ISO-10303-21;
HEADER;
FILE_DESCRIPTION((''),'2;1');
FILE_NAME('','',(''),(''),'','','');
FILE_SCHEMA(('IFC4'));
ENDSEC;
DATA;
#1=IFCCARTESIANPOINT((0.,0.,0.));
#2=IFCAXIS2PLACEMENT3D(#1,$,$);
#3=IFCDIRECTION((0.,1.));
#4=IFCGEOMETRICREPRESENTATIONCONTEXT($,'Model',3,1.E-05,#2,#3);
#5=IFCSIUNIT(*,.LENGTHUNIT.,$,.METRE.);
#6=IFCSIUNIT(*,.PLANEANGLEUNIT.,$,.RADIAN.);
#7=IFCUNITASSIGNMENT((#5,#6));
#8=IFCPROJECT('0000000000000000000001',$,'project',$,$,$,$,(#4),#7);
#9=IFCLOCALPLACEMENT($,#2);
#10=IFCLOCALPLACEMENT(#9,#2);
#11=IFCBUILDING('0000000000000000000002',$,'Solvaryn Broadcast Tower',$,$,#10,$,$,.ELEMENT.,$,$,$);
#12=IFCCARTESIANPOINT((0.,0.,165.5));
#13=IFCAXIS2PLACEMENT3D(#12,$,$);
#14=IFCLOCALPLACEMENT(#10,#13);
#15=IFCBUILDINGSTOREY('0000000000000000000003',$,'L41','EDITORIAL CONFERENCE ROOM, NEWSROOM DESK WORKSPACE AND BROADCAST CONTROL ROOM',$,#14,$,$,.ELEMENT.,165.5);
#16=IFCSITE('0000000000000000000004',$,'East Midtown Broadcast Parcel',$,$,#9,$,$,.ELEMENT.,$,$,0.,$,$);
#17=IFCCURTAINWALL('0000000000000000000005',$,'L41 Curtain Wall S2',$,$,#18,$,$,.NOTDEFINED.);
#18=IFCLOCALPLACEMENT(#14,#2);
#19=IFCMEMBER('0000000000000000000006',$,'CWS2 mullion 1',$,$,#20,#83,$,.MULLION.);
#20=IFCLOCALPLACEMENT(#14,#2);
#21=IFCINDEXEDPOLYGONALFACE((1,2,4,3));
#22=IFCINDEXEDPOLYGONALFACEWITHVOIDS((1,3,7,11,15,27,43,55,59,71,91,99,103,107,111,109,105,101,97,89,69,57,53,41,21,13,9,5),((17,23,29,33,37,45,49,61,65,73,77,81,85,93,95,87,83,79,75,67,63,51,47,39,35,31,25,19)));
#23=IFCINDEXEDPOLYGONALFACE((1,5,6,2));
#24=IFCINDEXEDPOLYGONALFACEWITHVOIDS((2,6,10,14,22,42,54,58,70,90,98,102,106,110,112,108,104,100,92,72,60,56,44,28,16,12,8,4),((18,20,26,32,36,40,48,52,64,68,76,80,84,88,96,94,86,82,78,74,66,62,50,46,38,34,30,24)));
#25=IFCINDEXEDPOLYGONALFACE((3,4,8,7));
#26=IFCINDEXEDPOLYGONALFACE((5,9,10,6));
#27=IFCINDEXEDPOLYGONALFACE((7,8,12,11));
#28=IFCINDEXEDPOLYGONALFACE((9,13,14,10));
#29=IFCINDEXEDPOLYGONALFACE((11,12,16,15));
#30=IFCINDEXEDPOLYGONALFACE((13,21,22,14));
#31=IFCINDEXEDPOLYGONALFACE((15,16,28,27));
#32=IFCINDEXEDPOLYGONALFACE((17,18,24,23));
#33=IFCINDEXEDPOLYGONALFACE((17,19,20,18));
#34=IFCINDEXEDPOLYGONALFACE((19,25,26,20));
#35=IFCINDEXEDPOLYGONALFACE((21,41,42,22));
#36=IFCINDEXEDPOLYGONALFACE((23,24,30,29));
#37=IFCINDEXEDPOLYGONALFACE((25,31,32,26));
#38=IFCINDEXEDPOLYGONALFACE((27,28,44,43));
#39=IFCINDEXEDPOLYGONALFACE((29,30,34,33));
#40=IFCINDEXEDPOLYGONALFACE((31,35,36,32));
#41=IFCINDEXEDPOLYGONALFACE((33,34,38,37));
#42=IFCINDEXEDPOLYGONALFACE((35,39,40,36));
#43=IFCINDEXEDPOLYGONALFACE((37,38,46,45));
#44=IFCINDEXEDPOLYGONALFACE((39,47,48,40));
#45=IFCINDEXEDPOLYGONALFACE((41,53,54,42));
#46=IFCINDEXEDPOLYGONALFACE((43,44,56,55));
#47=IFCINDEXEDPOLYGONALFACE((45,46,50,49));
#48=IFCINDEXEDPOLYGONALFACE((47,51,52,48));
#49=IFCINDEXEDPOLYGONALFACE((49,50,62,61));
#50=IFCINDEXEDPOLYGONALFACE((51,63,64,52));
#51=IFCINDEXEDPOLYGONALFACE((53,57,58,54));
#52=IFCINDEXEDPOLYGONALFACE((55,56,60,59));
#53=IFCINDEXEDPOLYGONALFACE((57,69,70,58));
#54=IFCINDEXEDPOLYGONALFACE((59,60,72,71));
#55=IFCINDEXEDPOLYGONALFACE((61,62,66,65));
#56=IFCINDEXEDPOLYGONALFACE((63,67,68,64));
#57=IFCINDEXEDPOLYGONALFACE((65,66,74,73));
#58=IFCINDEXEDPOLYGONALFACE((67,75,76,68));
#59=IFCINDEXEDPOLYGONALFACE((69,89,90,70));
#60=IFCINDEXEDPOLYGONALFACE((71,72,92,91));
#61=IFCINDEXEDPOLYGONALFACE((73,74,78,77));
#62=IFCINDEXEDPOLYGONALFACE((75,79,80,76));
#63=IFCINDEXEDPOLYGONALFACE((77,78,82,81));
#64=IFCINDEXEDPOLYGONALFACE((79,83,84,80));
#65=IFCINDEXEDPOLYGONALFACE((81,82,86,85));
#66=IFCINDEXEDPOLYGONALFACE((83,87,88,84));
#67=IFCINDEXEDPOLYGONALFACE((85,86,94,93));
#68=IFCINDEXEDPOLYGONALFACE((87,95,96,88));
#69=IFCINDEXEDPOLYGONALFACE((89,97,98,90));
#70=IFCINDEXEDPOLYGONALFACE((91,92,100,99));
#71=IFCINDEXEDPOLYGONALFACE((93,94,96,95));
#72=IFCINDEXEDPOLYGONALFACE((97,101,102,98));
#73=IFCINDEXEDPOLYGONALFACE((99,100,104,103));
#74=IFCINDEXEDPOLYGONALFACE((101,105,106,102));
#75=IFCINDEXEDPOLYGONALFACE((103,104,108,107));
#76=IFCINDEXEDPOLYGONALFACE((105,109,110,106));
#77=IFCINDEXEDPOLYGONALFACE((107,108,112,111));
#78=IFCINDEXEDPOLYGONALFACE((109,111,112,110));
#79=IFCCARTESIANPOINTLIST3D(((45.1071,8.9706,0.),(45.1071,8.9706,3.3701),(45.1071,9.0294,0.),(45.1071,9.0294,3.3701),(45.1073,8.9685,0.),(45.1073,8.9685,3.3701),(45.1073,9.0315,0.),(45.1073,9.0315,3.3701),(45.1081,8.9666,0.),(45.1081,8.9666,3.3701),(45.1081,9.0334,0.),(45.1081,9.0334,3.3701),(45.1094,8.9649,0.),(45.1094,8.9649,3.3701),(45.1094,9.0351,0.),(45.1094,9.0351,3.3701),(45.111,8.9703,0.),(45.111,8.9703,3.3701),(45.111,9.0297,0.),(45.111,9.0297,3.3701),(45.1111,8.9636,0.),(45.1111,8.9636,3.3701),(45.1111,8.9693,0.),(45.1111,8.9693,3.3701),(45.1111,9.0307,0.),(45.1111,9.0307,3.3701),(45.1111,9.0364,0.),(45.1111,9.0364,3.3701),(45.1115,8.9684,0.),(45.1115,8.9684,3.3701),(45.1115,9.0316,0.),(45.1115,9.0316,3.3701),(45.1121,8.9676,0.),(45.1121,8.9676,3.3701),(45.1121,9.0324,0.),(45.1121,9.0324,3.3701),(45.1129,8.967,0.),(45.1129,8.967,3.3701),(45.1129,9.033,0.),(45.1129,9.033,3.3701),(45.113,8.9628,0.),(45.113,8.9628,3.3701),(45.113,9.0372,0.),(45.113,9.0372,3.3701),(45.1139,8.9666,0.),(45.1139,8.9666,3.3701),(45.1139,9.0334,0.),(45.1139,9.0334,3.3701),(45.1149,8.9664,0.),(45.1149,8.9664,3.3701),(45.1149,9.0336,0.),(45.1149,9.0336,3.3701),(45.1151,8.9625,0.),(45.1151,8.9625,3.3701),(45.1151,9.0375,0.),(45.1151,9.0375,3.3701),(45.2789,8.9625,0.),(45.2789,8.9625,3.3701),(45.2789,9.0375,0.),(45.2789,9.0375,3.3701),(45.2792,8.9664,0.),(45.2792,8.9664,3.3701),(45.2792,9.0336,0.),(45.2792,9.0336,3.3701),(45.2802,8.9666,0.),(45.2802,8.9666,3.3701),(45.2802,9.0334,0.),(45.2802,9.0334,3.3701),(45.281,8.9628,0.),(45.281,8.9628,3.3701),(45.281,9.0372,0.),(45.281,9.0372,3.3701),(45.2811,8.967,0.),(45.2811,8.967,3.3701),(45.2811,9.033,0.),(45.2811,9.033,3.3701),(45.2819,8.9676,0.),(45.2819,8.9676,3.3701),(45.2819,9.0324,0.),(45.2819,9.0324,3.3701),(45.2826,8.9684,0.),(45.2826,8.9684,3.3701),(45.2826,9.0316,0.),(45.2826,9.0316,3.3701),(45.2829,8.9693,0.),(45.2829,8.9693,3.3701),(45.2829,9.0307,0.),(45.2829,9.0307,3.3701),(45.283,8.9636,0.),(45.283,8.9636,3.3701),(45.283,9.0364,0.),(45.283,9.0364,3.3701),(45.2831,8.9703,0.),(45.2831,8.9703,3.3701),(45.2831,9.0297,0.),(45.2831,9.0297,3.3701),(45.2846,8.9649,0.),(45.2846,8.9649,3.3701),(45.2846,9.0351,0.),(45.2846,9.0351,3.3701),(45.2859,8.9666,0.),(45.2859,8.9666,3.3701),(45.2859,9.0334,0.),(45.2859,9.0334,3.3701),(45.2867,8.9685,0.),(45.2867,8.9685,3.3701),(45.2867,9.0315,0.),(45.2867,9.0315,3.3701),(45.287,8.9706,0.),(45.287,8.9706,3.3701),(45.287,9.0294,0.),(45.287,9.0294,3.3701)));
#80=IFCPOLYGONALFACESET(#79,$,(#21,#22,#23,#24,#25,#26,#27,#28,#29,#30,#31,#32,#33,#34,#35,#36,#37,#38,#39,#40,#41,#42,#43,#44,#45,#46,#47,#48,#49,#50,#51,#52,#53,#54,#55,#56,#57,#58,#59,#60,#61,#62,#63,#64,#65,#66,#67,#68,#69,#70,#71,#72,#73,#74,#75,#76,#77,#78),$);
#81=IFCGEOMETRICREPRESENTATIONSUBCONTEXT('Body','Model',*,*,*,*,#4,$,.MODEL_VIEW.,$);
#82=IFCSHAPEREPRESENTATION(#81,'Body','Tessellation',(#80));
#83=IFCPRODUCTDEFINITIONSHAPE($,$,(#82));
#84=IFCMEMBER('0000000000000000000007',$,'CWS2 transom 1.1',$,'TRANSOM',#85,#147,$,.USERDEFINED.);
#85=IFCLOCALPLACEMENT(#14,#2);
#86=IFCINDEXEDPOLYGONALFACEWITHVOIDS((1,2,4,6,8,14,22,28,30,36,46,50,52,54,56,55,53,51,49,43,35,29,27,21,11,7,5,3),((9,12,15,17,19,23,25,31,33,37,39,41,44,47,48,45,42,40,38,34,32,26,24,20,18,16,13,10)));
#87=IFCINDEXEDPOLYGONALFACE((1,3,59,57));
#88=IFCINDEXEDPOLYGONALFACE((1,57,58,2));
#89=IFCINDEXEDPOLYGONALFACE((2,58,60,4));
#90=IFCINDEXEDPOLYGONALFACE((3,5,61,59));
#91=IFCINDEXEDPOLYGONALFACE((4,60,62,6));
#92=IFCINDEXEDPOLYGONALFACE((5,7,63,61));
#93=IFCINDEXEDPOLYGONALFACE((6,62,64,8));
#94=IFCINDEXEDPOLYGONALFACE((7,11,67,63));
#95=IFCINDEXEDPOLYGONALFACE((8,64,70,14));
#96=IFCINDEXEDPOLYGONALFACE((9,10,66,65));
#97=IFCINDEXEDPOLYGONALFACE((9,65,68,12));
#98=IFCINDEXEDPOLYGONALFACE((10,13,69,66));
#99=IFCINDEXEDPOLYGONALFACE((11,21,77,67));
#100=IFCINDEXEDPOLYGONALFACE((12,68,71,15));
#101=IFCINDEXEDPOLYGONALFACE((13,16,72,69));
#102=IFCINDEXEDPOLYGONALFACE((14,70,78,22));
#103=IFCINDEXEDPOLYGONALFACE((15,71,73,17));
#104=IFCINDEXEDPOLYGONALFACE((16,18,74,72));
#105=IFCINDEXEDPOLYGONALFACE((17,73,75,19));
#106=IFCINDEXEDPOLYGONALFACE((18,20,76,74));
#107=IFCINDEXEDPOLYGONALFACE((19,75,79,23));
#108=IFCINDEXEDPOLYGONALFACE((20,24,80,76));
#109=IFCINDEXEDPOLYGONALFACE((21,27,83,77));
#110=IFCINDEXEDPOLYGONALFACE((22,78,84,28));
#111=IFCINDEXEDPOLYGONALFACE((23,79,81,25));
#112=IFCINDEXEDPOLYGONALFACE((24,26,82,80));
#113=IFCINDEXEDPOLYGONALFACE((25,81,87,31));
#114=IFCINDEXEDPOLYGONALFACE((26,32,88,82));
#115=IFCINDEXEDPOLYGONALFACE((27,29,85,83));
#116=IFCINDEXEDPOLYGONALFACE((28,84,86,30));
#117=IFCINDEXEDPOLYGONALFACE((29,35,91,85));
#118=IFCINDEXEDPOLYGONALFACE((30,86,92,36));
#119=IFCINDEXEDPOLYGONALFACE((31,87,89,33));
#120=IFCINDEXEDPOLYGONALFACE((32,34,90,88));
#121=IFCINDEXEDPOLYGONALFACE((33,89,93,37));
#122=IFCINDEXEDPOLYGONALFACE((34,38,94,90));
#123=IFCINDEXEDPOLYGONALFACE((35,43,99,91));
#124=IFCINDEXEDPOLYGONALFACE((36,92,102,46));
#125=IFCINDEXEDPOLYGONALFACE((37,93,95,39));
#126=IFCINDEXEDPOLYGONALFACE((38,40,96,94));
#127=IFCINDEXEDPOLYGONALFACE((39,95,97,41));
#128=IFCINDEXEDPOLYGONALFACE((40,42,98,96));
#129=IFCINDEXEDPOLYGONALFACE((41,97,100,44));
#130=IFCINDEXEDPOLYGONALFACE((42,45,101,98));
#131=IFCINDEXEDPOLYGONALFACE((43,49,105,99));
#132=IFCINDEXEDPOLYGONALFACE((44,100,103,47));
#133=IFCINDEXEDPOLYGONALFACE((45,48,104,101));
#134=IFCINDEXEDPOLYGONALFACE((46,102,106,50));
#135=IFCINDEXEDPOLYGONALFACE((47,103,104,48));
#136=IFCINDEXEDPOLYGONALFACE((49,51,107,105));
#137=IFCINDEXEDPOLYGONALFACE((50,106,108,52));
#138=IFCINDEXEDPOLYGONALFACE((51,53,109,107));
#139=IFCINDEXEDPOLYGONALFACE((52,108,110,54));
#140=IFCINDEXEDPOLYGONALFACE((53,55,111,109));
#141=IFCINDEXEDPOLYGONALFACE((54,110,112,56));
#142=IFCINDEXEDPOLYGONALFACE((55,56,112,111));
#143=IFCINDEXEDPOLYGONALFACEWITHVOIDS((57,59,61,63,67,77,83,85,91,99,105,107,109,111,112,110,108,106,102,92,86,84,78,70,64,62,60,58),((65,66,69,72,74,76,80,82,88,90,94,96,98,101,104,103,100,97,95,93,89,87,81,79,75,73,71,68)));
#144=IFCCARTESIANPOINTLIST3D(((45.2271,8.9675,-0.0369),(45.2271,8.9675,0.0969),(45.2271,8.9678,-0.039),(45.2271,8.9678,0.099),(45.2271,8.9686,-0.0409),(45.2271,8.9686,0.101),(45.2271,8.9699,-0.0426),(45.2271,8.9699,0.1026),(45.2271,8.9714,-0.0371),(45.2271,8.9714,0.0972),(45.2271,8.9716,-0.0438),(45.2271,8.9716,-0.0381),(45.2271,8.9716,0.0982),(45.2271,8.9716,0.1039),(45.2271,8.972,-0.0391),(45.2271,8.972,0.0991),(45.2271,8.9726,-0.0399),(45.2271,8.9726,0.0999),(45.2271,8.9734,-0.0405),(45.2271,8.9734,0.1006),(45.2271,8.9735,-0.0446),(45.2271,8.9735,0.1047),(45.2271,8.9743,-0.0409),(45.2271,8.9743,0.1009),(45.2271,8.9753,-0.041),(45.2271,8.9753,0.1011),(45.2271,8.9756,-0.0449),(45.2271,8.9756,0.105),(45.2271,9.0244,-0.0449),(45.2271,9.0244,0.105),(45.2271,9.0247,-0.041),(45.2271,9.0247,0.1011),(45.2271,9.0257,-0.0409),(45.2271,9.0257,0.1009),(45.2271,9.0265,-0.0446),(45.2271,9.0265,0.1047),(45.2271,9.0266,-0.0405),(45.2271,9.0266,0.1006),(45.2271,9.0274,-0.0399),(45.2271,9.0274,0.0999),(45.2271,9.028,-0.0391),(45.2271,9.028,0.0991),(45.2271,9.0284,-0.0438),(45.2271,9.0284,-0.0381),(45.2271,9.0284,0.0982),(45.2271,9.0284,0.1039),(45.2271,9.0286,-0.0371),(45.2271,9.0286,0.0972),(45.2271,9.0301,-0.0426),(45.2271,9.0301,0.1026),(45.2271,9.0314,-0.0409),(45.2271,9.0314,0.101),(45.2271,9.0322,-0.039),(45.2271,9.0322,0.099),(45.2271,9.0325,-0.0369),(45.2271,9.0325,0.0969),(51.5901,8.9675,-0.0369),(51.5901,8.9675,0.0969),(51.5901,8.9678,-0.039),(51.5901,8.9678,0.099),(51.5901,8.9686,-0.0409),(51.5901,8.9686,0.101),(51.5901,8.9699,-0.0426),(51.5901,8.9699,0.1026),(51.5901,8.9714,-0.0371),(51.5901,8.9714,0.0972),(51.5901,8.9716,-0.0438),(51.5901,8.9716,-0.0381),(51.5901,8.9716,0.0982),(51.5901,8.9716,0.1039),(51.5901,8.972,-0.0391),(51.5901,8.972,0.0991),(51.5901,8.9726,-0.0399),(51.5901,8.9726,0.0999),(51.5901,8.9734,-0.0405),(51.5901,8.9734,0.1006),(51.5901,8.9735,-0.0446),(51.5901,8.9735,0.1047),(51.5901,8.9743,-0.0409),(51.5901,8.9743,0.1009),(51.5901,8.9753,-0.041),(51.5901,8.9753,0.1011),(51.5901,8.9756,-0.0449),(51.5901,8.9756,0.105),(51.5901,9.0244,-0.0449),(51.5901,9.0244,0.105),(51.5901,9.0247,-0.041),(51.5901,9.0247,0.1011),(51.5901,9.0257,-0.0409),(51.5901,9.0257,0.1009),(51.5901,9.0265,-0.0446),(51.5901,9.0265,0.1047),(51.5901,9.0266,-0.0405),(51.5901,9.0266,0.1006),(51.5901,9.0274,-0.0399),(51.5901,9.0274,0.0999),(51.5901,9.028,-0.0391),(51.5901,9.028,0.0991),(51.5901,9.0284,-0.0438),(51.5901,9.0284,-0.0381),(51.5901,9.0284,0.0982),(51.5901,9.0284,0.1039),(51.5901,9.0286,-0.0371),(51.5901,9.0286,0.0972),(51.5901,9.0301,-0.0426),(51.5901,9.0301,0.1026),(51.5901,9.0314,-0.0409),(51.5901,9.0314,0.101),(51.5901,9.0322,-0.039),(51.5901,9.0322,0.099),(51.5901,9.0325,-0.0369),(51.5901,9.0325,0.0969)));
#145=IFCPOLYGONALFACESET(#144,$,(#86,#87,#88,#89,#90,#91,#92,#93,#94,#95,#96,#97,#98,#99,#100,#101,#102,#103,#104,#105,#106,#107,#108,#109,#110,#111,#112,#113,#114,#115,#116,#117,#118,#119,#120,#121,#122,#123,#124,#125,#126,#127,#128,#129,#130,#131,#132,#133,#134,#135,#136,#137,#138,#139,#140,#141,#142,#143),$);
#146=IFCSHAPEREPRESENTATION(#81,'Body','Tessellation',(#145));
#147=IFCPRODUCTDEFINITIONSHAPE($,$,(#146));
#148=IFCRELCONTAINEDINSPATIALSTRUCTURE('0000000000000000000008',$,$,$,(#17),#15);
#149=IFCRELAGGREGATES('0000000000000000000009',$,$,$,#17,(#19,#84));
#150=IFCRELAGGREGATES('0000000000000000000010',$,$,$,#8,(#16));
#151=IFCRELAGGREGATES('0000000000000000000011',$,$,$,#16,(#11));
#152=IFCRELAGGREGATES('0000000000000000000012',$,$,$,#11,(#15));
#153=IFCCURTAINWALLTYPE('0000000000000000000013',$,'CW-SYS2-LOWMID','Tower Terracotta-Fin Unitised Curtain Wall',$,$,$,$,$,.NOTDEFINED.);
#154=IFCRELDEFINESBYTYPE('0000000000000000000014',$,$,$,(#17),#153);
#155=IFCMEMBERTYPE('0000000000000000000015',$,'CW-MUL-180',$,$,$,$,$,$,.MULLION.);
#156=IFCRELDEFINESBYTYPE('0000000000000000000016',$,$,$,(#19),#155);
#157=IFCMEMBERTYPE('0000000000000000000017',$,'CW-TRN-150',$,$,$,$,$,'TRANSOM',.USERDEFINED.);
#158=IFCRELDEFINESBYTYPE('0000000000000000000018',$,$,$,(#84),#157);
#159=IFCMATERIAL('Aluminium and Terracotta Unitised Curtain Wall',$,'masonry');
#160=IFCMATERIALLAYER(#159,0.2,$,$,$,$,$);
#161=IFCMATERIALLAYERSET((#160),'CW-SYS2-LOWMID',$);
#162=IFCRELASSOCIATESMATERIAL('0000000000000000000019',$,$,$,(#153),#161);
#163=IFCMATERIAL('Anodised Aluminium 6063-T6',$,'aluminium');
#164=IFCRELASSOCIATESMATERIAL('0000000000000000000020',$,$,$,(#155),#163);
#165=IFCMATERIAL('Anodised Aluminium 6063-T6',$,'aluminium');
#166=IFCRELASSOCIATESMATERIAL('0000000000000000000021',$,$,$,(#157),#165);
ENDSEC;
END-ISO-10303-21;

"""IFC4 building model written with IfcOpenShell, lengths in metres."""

from ifc_helpers import new_model, si_unit, direction, frame, origin, origin_2d, place, context, subcontext, project, spatial, hollow_rectangle, extrude, material, layer, layer_set, material_profile, profile_set, type_object, element, aggregate, save


model = new_model("IFC4")

# Units and contexts
model_context = context("Model", 3, precision=1e-05, world=origin(), true_north=direction((0.0, 1.0)))
body_context = subcontext(model_context, "Body", "Model", "MODEL_VIEW")
ifc_project = project(units=[si_unit("LENGTHUNIT", "METRE"), si_unit("PLANEANGLEUNIT", "RADIAN")], contexts=[model_context])

# Site, building, storey
site_placement = place(None, origin())
site = spatial("IfcSite", under=ifc_project, at=site_placement, Name="East Midtown Broadcast Parcel", CompositionType="ELEMENT", RefElevation=0.0)
building_placement = place(site_placement, origin())
building = spatial("IfcBuilding", under=site, at=building_placement, Name="Solvaryn Broadcast Tower", CompositionType="ELEMENT")
storey_placement = place(building_placement, frame((0.0, 0.0, 165.5)))
storey = spatial("IfcBuildingStorey", under=building, at=storey_placement, Name="L41", Description="EDITORIAL CONFERENCE ROOM, NEWSROOM DESK WORKSPACE AND BROADCAST CONTROL ROOM", CompositionType="ELEMENT", Elevation=165.5)

# Shared definitions
ifc_material_1 = material(Name="Aluminium and Terracotta Unitised Curtain Wall", Category="masonry")
ifc_layer_1 = layer(ifc_material_1, 0.2)
ifc_layer_set_1 = layer_set([ifc_layer_1], Name="CW-SYS2-LOWMID")
curtain_wall_type = type_object("IfcCurtainWallType", Name="CW-SYS2-LOWMID", Description="Tower Terracotta-Fin Unitised Curtain Wall", PredefinedType="NOTDEFINED", material=ifc_layer_set_1)
ifc_material_2 = material(Name="Anodised Aluminium 6063-T6", Category="aluminium")
ifc_material_profile_1 = material_profile(ifc_material_2, hollow_rectangle(XDim=0.075, YDim=0.1799, WallThickness=0.0039, InnerFilletRadius=0.0039, OuterFilletRadius=0.0081, at=origin_2d()))
ifc_profile_set_1 = profile_set([ifc_material_profile_1], Name="Anodised Aluminium 6063-T6")
member_type_1 = type_object("IfcMemberType", Name="CW-MUL-180", PredefinedType="MULLION", material=ifc_profile_set_1)

# Curtain wall, members
curtain_wall_1_placement = place(storey_placement, origin())
curtain_wall_1 = element("IfcCurtainWall", 1, at=curtain_wall_1_placement, inside=storey, type_object=curtain_wall_type, Name="L41 Curtain Wall S2", PredefinedType="NOTDEFINED")
member_1_placement = place(storey_placement, frame((45.197, 9.0, 0.0), z_axis=(0.0, 0.0, 1.0), x_axis=(0.0, 1.0, 0.0)))
member_1 = element("IfcMember", 2, at=member_1_placement, type_object=member_type_1, Name="CWS2 mullion 1", PredefinedType="MULLION", context=body_context, shape_type="SweptSolid", body=[
    extrude(hollow_rectangle(XDim=0.075, YDim=0.1799, WallThickness=0.0039, InnerFilletRadius=0.0039, OuterFilletRadius=0.0081, at=origin_2d()), origin(), (0.0, 0.0, 1.0), 3.3701),
])
ifc_material_3 = material(Name="Anodised Aluminium 6063-T6", Category="aluminium")
ifc_material_profile_2 = material_profile(ifc_material_3, hollow_rectangle(XDim=0.0649, YDim=0.1499, WallThickness=0.0039, InnerFilletRadius=0.0039, OuterFilletRadius=0.0081, at=origin_2d()))
ifc_profile_set_2 = profile_set([ifc_material_profile_2], Name="Anodised Aluminium 6063-T6")
member_type_2 = type_object("IfcMemberType", Name="CW-TRN-150", ElementType="TRANSOM", PredefinedType="USERDEFINED", material=ifc_profile_set_2)
member_2_placement = place(storey_placement, frame((45.2271, 9.0, 0.03), z_axis=(1.0, 0.0, 0.0), x_axis=(0.0, 1.0, 0.0)))
member_2 = element("IfcMember", 3, at=member_2_placement, type_object=member_type_2, Name="CWS2 transom 1.1", ObjectType="TRANSOM", PredefinedType="USERDEFINED", context=body_context, shape_type="SweptSolid", body=[
    extrude(hollow_rectangle(XDim=0.0649, YDim=0.1499, WallThickness=0.0039, InnerFilletRadius=0.0039, OuterFilletRadius=0.0081, at=origin_2d()), origin(), (0.0, 0.0, 1.0), 6.363),
])
aggregate(curtain_wall_1, [member_1, member_2])

save(model, "model.ifc")
